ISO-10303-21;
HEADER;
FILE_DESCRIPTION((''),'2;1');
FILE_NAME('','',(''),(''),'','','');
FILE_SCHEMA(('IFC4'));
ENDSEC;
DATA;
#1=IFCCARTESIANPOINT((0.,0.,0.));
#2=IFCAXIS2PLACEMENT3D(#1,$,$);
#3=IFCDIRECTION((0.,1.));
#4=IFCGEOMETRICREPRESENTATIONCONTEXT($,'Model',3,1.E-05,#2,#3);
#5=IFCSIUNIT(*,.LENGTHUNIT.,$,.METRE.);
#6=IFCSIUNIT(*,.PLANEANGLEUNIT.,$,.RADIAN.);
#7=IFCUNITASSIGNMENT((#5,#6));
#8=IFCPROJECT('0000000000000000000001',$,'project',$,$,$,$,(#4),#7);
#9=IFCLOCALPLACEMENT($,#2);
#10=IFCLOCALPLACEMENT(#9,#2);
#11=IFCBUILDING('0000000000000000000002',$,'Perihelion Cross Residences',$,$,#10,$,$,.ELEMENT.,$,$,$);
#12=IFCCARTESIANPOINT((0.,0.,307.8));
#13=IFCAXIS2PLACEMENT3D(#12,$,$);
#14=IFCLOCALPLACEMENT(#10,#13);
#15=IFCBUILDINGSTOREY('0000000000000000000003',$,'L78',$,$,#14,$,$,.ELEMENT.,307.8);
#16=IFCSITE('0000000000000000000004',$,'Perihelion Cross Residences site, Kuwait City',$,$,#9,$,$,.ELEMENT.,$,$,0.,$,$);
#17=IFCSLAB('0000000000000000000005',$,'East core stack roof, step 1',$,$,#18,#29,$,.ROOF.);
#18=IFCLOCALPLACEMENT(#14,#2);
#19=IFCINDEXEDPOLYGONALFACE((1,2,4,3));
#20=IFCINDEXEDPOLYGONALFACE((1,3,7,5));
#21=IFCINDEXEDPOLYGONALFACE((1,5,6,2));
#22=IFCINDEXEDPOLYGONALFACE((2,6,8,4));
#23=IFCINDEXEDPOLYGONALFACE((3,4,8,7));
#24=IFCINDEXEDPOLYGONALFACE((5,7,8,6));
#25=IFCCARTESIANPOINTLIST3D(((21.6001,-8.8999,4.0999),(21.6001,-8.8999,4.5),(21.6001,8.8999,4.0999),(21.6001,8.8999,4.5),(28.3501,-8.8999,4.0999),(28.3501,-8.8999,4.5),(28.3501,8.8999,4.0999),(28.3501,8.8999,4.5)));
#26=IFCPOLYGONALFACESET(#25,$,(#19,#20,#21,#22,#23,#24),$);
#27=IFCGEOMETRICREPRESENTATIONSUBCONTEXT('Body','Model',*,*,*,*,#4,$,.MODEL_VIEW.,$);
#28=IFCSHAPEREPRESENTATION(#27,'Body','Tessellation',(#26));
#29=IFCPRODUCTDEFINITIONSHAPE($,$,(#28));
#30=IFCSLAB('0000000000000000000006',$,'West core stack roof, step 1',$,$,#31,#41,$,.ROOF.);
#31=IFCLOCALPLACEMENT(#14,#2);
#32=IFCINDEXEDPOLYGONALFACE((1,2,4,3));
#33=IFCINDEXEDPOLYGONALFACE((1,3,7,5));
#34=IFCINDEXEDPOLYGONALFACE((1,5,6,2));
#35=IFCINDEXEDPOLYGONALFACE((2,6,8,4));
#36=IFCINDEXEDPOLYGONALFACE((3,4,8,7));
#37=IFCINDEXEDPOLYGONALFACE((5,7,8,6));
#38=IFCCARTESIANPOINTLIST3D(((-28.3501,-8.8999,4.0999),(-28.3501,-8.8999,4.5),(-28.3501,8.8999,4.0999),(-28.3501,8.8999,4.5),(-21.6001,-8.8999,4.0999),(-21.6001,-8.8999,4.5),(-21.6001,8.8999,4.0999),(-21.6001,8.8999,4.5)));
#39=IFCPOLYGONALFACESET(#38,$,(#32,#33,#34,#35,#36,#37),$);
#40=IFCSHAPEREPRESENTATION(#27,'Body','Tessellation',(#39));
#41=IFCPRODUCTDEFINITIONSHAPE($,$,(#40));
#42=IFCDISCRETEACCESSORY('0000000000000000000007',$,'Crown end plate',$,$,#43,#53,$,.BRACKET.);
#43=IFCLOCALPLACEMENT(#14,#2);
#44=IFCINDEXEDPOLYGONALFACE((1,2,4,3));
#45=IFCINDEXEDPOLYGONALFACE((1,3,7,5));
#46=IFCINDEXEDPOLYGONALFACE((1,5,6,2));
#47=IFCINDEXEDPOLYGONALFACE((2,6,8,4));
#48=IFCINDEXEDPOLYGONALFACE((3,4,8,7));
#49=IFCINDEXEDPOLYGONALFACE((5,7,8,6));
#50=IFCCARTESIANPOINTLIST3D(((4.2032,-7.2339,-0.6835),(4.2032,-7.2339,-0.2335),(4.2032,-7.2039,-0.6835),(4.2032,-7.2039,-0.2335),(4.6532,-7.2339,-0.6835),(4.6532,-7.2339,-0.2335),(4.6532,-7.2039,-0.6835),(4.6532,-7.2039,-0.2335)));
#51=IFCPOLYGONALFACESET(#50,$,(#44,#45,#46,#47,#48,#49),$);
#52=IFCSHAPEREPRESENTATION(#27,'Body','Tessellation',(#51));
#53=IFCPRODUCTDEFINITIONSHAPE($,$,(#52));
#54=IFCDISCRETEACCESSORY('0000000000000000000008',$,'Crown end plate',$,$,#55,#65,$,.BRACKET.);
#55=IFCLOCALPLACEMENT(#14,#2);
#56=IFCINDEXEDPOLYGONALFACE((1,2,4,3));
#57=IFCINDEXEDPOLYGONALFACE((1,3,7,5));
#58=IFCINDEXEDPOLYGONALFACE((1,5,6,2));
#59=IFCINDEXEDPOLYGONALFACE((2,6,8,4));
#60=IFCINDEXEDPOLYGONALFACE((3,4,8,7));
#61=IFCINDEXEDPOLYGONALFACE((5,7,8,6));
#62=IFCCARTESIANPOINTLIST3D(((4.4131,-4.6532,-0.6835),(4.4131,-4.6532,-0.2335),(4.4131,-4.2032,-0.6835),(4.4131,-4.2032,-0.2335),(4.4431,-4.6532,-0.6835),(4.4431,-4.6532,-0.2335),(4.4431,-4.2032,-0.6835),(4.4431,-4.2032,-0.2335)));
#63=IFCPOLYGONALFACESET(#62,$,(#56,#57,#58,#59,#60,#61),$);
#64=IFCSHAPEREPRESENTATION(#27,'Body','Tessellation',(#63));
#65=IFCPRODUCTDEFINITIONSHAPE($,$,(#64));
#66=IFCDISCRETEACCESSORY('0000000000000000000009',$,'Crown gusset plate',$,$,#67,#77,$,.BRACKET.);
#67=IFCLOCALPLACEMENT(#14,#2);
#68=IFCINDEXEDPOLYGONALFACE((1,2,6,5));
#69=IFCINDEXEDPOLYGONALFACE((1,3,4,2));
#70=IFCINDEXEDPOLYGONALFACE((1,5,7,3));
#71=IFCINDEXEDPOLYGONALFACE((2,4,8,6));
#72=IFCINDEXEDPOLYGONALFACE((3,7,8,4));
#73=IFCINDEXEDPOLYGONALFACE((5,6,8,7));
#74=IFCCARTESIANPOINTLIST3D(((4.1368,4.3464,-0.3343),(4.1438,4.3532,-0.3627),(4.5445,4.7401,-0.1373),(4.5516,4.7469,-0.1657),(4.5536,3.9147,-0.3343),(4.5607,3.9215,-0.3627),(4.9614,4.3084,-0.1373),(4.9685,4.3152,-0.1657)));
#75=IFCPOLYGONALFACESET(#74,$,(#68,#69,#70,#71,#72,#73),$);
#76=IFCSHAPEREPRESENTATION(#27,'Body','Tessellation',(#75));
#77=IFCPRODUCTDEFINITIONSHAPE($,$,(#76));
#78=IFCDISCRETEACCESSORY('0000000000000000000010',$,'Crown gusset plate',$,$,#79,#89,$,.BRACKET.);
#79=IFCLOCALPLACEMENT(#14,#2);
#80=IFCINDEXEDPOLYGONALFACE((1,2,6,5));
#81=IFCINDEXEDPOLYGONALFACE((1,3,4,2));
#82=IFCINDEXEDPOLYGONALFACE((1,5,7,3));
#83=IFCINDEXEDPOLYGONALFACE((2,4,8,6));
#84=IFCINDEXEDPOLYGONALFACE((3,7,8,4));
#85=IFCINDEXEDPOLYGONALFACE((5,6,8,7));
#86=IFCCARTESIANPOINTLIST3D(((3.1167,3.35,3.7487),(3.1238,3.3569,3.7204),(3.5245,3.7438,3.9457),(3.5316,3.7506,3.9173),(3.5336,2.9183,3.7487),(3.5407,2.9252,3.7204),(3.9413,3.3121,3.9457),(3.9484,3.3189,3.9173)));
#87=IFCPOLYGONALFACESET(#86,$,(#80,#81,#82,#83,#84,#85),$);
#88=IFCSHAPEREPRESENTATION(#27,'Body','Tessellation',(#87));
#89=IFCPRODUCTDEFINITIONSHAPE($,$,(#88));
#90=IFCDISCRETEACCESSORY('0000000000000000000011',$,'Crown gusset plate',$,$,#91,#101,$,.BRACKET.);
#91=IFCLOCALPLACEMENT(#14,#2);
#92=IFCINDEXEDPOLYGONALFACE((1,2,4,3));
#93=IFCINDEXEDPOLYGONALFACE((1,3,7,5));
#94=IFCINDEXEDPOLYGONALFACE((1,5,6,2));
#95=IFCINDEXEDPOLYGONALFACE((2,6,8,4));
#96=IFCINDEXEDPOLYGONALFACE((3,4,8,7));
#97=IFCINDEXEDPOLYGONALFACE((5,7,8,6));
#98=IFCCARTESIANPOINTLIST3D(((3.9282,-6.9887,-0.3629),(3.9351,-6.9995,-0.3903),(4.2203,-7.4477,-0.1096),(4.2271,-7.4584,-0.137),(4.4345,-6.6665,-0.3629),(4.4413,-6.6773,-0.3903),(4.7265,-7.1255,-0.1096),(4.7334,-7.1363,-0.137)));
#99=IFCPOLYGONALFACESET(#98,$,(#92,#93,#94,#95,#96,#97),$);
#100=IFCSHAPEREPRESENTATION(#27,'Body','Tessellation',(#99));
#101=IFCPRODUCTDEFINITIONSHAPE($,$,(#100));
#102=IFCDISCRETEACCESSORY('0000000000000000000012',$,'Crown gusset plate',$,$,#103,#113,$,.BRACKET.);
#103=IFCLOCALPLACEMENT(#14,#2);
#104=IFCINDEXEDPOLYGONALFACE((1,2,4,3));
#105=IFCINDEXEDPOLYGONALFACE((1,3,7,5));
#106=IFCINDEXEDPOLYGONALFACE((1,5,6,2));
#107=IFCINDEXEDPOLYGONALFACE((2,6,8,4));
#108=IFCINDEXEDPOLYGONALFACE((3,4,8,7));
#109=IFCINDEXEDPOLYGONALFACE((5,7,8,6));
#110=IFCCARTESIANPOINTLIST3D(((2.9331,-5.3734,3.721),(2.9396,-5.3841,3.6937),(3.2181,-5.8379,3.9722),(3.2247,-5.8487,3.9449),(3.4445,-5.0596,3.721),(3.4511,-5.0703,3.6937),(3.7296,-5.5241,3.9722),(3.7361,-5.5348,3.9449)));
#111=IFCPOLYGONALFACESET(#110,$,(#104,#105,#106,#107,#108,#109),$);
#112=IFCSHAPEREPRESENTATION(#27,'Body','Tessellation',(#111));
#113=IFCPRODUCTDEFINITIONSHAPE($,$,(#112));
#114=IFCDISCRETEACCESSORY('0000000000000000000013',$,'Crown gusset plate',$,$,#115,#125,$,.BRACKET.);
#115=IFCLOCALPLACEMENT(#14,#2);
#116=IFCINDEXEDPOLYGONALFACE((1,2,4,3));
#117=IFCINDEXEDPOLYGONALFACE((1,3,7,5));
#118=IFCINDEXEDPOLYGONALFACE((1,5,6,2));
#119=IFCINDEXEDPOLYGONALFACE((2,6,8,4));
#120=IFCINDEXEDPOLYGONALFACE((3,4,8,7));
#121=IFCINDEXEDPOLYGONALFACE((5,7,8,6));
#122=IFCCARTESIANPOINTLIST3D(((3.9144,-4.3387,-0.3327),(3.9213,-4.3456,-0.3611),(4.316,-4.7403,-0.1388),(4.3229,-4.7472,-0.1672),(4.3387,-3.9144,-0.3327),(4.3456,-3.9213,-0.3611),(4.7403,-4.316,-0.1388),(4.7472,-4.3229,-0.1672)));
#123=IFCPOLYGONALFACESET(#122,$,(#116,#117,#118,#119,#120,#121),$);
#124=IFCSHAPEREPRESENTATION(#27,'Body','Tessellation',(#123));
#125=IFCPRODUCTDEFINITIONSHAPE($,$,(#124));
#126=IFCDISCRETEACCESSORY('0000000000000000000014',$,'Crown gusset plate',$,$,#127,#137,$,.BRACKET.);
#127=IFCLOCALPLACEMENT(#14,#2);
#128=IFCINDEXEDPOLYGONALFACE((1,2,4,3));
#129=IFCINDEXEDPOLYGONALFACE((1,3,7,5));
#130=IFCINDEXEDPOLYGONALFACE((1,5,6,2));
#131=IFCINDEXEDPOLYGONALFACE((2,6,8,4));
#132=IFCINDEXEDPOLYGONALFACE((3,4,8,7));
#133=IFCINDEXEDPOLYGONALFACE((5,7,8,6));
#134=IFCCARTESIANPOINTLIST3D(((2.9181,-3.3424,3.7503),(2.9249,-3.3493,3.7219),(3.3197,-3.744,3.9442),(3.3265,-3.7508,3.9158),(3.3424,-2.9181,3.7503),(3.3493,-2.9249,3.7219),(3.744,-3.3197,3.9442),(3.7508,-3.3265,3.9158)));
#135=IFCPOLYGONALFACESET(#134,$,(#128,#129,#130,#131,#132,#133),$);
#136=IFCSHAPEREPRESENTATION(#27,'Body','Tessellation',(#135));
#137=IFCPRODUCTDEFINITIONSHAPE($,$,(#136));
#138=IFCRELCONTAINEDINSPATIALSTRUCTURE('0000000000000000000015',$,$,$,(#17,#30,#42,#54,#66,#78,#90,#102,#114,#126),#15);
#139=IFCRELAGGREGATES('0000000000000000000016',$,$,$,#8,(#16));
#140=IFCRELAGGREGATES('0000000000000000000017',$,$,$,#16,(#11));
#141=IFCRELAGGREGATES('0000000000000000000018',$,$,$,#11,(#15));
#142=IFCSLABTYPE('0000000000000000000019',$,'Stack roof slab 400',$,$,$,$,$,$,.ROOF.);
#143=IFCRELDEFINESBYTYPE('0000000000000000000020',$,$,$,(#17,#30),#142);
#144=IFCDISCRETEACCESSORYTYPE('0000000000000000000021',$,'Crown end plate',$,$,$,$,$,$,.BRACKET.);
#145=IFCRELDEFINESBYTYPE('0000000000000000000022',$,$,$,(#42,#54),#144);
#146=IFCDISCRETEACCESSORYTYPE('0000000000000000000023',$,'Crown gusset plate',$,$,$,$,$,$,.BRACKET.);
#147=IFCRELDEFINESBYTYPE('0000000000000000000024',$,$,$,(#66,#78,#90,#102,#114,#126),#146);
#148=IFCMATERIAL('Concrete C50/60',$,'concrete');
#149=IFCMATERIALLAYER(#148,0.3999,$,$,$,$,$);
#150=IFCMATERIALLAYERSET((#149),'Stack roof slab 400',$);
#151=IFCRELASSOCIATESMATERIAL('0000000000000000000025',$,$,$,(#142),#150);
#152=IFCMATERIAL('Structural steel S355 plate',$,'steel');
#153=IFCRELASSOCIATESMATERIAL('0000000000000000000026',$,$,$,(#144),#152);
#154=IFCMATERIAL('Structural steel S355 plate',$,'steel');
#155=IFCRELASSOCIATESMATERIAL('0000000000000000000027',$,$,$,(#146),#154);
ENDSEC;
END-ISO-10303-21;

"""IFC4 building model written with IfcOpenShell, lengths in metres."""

from ifc_helpers import new_model, si_unit, direction, frame, origin, origin_2d, place, context, subcontext, project, spatial, polyline, rectangle, outline, extrude, material, layer, layer_set, material_profile, profile_set, type_object, element, save


model = new_model("IFC4")

# Units and contexts
model_context = context("Model", 3, precision=1e-05, world=origin(), true_north=direction((0.0, 1.0)))
body_context = subcontext(model_context, "Body", "Model", "MODEL_VIEW")
ifc_project = project(units=[si_unit("LENGTHUNIT", "METRE"), si_unit("PLANEANGLEUNIT", "RADIAN")], contexts=[model_context])

# Site, building, storey
site_placement = place(None, origin())
site = spatial("IfcSite", under=ifc_project, at=site_placement, Name="Perihelion Cross Residences site, Kuwait City", CompositionType="ELEMENT", RefElevation=0.0)
building_placement = place(site_placement, origin())
building = spatial("IfcBuilding", under=site, at=building_placement, Name="Perihelion Cross Residences", CompositionType="ELEMENT")
storey_placement = place(building_placement, frame((0.0, 0.0, 307.8)))
storey = spatial("IfcBuildingStorey", under=building, at=storey_placement, Name="L78", CompositionType="ELEMENT", Elevation=307.8)

# Slabs
ifc_material_1 = material(Name="Concrete C50/60", Category="concrete")
ifc_layer_1 = layer(ifc_material_1, 0.3999)
ifc_layer_set_1 = layer_set([ifc_layer_1], Name="Stack roof slab 400")
slab_type = type_object("IfcSlabType", Name="Stack roof slab 400", PredefinedType="ROOF", material=ifc_layer_set_1)
slab_1_placement = place(storey_placement, frame((0.0, 0.0, 4.0999)))
element("IfcSlab", 1, at=slab_1_placement, inside=storey, type_object=slab_type, Name="East core stack roof, step 1", PredefinedType="ROOF", context=body_context, shape_type="SweptSolid", body=[
    extrude(outline(polyline([(21.6001, -8.8999), (28.3501, -8.8999), (28.3501, 8.8999), (21.6001, 8.8999), (21.6001, -8.8999)])), origin(), (0.0, 0.0, 1.0), 0.4001),
])
slab_2_placement = place(storey_placement, frame((0.0, 0.0, 4.0999)))
element("IfcSlab", 2, at=slab_2_placement, inside=storey, type_object=slab_type, Name="West core stack roof, step 1", PredefinedType="ROOF", context=body_context, shape_type="SweptSolid", body=[
    extrude(outline(polyline([(-21.6001, 8.8999), (-28.3501, 8.8999), (-28.3501, -8.8999), (-21.6001, -8.8999), (-21.6001, 8.8999)])), origin(), (0.0, 0.0, 1.0), 0.4001),
])

# Discrete accessories
ifc_material_2 = material(Name="Structural steel S355 plate", Category="steel")
ifc_material_profile_1 = material_profile(ifc_material_2, rectangle(XDim=0.45, YDim=0.45, at=origin_2d()), Name="Crown end plate")
ifc_profile_set_1 = profile_set([ifc_material_profile_1], Name="Structural steel S355 plate")
discrete_accessory_type_1 = type_object("IfcDiscreteAccessoryType", Name="Crown end plate", PredefinedType="BRACKET", material=ifc_profile_set_1)
for number, where, z_axis, x_axis, name in (
    (3, (4.4282, -7.2339, -0.4585), (0.0, 1.0, 0.0), (-1.0, 0.0, 0.0), "Crown end plate"),
    (4, (4.4131, -4.4282, -0.4585), (1.0, 0.0, 0.0), (0.0, 1.0, 0.0), "Crown end plate"),
):
    element("IfcDiscreteAccessory", number, at=place(storey_placement, frame(where, z_axis=z_axis, x_axis=x_axis)), inside=storey, type_object=discrete_accessory_type_1, Name=name, PredefinedType="BRACKET", context=body_context, shape_type="SweptSolid", body=[
        extrude(rectangle(XDim=0.45, YDim=0.45, at=origin_2d()), origin(), (0.0, 0.0, 1.0), 0.03),
    ])
ifc_material_3 = material(Name="Structural steel S355 plate", Category="steel")
ifc_material_profile_2 = material_profile(ifc_material_3, rectangle(XDim=0.6001, YDim=0.6001, at=origin_2d()), Name="Crown gusset plate")
ifc_profile_set_2 = profile_set([ifc_material_profile_2], Name="Structural steel S355 plate")
discrete_accessory_type_2 = type_object("IfcDiscreteAccessoryType", Name="Crown gusset plate", PredefinedType="BRACKET", material=ifc_profile_set_2)
for number, where, z_axis, x_axis, name in (
    (5, (4.5562, 4.3342, -0.2642), (-0.236147, -0.228004, 0.944589), (0.694595, -0.719401, 0.0), "Crown gusset plate"),
    (6, (3.5361, 3.3379, 3.8188), (-0.236147, -0.228004, 0.944589), (0.694595, -0.719401, 0.0), "Crown gusset plate"),
):
    element("IfcDiscreteAccessory", number, at=place(storey_placement, frame(where, z_axis=z_axis, x_axis=x_axis)), inside=storey, type_object=discrete_accessory_type_2, Name=name, PredefinedType="BRACKET", context=body_context, shape_type="SweptSolid", body=[
        extrude(rectangle(XDim=0.6001, YDim=0.6001, at=origin_2d()), origin(), (0.0, 0.0, 1.0), 0.03),
    ])
discrete_accessory_placement = place(storey_placement, frame((4.3342, -7.0679, -0.2637), z_axis=(-0.226633, 0.356138, 0.906533), x_axis=(-0.843661, -0.536875, 0.0)))
element("IfcDiscreteAccessory", 7, at=discrete_accessory_placement, inside=storey, type_object=discrete_accessory_type_2, Name="Crown gusset plate", PredefinedType="BRACKET", context=body_context, shape_type="SweptSolid", body=[
    extrude(rectangle(XDim=0.6001, YDim=0.6001, at=origin_2d()), origin(), (0.0, 0.0, 1.0), 0.0303),
])
for number, where, z_axis, x_axis, name in (
    (8, (3.3379, -5.4595, 3.8193), (-0.218934, 0.356782, 0.908171), (-0.852323, -0.523016, 0.0), "Crown gusset plate"),
    (9, (4.3342, -4.3342, -0.2642), (-0.228436, 0.228436, 0.946379), (-0.707107, -0.707107, 0.0), "Crown gusset plate"),
    (10, (3.3379, -3.3379, 3.8188), (-0.228436, 0.228436, 0.946379), (-0.707107, -0.707107, 0.0), "Crown gusset plate"),
):
    element("IfcDiscreteAccessory", number, at=place(storey_placement, frame(where, z_axis=z_axis, x_axis=x_axis)), inside=storey, type_object=discrete_accessory_type_2, Name=name, PredefinedType="BRACKET", context=body_context, shape_type="SweptSolid", body=[
        extrude(rectangle(XDim=0.6001, YDim=0.6001, at=origin_2d()), origin(), (0.0, 0.0, 1.0), 0.03),
    ])

save(model, "model.ifc")
